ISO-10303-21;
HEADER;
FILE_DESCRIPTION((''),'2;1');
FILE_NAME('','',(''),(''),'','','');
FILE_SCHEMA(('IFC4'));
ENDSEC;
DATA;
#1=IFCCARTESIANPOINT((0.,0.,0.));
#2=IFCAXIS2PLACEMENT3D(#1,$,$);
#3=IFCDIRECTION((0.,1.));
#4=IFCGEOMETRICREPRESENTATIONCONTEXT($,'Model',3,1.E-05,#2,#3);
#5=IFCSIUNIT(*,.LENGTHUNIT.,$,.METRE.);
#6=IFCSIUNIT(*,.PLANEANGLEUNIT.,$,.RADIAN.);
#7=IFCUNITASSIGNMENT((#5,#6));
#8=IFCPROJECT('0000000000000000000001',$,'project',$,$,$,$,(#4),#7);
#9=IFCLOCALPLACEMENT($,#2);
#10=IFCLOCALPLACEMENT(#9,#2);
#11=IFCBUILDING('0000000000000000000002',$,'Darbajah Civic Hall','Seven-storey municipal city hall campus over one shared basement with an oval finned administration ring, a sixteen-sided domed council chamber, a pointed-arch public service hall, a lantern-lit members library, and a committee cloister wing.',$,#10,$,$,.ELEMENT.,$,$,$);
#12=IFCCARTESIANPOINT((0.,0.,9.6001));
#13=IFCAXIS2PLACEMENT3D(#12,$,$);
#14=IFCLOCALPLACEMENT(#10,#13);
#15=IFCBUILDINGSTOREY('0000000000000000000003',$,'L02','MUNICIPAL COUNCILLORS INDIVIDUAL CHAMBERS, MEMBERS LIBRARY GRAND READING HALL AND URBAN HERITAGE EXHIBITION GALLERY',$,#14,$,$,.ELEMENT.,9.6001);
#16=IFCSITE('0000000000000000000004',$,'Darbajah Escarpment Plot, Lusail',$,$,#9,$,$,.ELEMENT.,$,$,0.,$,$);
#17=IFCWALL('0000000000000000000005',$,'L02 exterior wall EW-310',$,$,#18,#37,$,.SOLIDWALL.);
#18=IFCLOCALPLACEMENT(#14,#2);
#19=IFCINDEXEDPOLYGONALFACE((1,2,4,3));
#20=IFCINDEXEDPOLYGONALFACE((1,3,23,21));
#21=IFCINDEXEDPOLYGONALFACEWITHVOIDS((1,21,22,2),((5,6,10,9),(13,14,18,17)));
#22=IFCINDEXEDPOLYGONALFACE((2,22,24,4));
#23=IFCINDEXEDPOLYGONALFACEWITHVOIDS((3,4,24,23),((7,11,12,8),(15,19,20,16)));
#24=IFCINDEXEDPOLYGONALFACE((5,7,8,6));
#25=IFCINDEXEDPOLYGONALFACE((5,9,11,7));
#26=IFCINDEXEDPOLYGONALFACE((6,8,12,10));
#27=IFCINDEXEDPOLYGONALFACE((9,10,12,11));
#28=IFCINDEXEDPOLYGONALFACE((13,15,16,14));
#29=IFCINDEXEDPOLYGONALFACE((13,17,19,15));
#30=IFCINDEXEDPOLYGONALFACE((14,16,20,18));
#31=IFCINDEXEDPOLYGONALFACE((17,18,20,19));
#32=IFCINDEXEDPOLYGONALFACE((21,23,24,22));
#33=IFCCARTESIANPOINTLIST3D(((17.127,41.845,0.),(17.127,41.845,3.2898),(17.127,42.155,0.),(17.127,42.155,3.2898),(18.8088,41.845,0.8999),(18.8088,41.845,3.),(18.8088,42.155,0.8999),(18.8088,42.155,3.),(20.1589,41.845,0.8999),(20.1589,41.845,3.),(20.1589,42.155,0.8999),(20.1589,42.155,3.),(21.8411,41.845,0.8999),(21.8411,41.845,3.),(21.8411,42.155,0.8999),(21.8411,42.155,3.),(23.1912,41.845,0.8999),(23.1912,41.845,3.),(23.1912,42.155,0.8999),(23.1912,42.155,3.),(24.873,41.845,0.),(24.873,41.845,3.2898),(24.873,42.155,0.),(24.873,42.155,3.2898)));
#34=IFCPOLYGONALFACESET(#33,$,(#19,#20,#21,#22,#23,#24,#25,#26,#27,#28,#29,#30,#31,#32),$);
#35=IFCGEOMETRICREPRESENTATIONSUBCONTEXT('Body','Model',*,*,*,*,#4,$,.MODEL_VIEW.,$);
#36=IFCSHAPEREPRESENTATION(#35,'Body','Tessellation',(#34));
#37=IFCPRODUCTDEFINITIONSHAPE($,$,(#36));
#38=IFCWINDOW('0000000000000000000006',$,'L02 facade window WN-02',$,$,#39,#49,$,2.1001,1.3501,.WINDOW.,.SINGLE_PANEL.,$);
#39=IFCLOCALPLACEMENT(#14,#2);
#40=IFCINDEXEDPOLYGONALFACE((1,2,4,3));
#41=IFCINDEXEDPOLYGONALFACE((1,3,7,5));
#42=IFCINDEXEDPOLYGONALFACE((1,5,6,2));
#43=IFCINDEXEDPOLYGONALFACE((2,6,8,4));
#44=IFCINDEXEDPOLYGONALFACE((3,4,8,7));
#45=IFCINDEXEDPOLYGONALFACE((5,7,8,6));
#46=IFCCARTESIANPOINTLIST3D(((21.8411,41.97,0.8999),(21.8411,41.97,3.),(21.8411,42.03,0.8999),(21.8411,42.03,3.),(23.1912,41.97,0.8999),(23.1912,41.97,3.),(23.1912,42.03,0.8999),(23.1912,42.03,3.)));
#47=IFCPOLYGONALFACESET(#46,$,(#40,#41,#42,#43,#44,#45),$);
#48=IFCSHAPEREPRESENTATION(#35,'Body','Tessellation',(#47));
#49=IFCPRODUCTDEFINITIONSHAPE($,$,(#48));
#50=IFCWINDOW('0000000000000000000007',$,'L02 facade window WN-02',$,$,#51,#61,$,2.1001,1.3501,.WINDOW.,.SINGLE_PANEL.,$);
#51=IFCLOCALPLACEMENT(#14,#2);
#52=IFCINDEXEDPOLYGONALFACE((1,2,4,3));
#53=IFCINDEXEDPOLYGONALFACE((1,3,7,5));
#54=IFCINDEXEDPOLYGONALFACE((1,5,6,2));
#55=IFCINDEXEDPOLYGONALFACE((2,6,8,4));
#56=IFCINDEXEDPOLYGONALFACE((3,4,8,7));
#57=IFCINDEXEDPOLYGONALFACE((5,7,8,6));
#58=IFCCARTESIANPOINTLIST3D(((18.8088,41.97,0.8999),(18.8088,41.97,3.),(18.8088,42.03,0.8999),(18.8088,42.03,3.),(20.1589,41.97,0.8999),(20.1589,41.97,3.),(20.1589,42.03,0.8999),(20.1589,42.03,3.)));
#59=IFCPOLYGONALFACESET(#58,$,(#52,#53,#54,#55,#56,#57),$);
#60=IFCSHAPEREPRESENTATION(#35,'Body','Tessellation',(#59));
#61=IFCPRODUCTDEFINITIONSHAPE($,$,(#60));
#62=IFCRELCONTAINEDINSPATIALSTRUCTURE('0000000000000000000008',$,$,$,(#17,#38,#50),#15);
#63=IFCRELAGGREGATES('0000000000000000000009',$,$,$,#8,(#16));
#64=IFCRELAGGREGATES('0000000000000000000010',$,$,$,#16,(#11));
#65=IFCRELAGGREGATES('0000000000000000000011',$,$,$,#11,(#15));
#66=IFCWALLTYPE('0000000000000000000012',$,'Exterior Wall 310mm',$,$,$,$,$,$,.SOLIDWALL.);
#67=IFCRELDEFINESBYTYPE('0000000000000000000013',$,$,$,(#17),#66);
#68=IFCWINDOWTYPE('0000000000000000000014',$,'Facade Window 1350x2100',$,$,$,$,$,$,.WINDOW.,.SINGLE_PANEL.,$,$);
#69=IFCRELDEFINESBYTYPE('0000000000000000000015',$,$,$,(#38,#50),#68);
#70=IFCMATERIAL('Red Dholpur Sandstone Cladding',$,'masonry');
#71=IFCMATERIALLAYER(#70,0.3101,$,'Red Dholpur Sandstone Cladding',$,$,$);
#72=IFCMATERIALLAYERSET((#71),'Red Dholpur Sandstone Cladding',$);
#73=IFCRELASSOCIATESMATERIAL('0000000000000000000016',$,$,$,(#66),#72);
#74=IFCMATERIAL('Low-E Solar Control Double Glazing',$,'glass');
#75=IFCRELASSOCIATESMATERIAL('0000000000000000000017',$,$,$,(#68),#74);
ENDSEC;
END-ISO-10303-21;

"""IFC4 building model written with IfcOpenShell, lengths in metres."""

from ifc_helpers import new_model, si_unit, direction, frame, frame_2d, origin, place, context, subcontext, project, spatial, rectangle, extrude, material, layer, layer_set, type_object, element, fill, save


model = new_model("IFC4")

# Units and contexts
model_context = context("Model", 3, precision=1e-05, world=origin(), true_north=direction((0.0, 1.0)))
body_context = subcontext(model_context, "Body", "Model", "MODEL_VIEW")
ifc_project = project(units=[si_unit("LENGTHUNIT", "METRE"), si_unit("PLANEANGLEUNIT", "RADIAN")], contexts=[model_context])

# Site, building, storey
site_placement = place(None, origin())
site = spatial("IfcSite", under=ifc_project, at=site_placement, Name="Darbajah Escarpment Plot, Lusail", CompositionType="ELEMENT", RefElevation=0.0)
building_placement = place(site_placement, origin())
building = spatial("IfcBuilding", under=site, at=building_placement, Name="Darbajah Civic Hall", Description="Seven-storey municipal city hall campus over one shared basement with an oval finned administration ring, a sixteen-sided domed council chamber, a pointed-arch public service hall, a lantern-lit members library, and a committee cloister wing.", CompositionType="ELEMENT")
storey_placement = place(building_placement, frame((0.0, 0.0, 9.6001)))
storey = spatial("IfcBuildingStorey", under=building, at=storey_placement, Name="L02", Description="MUNICIPAL COUNCILLORS INDIVIDUAL CHAMBERS, MEMBERS LIBRARY GRAND READING HALL AND URBAN HERITAGE EXHIBITION GALLERY", CompositionType="ELEMENT", Elevation=9.6001)

# Wall, openings, windows
ifc_material_1 = material(Name="Red Dholpur Sandstone Cladding", Category="masonry")
ifc_layer = layer(ifc_material_1, 0.3101, Name="Red Dholpur Sandstone Cladding")
ifc_layer_set = layer_set([ifc_layer], Name="Red Dholpur Sandstone Cladding")
wall_type = type_object("IfcWallType", Name="Exterior Wall 310mm", PredefinedType="SOLIDWALL", material=ifc_layer_set)
ifc_material_2 = material(Name="Low-E Solar Control Double Glazing", Category="glass")
wall_1_placement = place(storey_placement, frame((24.873, 42.0, 0.0), z_axis=(0.0, 0.0, 1.0), x_axis=(-1.0, 0.0, 0.0)))
wall_1 = element("IfcWall", 1, at=wall_1_placement, inside=storey, type_object=wall_type, Name="L02 exterior wall EW-310", PredefinedType="SOLIDWALL", context=body_context, shape_type="SweptSolid", body=[
    extrude(rectangle(XDim=7.7461, YDim=0.3101, at=frame_2d((3.873, 0.0))), origin(), (0.0, 0.0, 1.0), 3.2898),
])
opening_1_placement = place(wall_1_placement, frame((1.6819, 0.0, 0.8999)))
opening_1 = element("IfcOpeningElement", 2, at=opening_1_placement, cuts=wall_1, PredefinedType="OPENING", context=body_context, shape_type="SweptSolid", body=[
    extrude(rectangle(XDim=1.3501, YDim=2.1001, at=frame_2d((0.675, 1.05))), frame((0.0, 0.165, 0.0), z_axis=(0.0, -1.0, 0.0), x_axis=(1.0, 0.0, 0.0)), (0.0, 0.0, 1.0), 0.3301),
])
opening_2_placement = place(wall_1_placement, frame((4.7141, 0.0, 0.8999)))
opening_2 = element("IfcOpeningElement", 3, at=opening_2_placement, cuts=wall_1, PredefinedType="OPENING", context=body_context, shape_type="SweptSolid", body=[
    extrude(rectangle(XDim=1.3501, YDim=2.1001, at=frame_2d((0.675, 1.05))), frame((0.0, 0.165, 0.0), z_axis=(0.0, -1.0, 0.0), x_axis=(1.0, 0.0, 0.0)), (0.0, 0.0, 1.0), 0.3301),
])
window_type_1 = type_object("IfcWindowType", Name="Facade Window 1350x2100", PartitioningType="SINGLE_PANEL", PredefinedType="WINDOW", material=ifc_material_2)
window_1_placement = place(opening_1_placement, origin())
window_1 = element("IfcWindow", 4, at=window_1_placement, inside=storey, type_object=window_type_1, Name="L02 facade window WN-02", OverallHeight=2.1001, OverallWidth=1.3501, PartitioningType="SINGLE_PANEL", PredefinedType="WINDOW", context=body_context, shape_type="SweptSolid", body=[
    extrude(rectangle(XDim=1.3501, YDim=2.1001, at=frame_2d((0.675, 1.05))), frame((0.0, 0.03, 0.0), z_axis=(0.0, -1.0, 0.0), x_axis=(1.0, 0.0, 0.0)), (0.0, 0.0, 1.0), 0.0601),
])
fill(opening_1, window_1)
window_2_placement = place(opening_2_placement, origin())
window_2 = element("IfcWindow", 5, at=window_2_placement, inside=storey, type_object=window_type_1, Name="L02 facade window WN-02", OverallHeight=2.1001, OverallWidth=1.3501, PartitioningType="SINGLE_PANEL", PredefinedType="WINDOW", context=body_context, shape_type="SweptSolid", body=[
    extrude(rectangle(XDim=1.3501, YDim=2.1001, at=frame_2d((0.675, 1.05))), frame((0.0, 0.03, 0.0), z_axis=(0.0, -1.0, 0.0), x_axis=(1.0, 0.0, 0.0)), (0.0, 0.0, 1.0), 0.0601),
])
fill(opening_2, window_2)

save(model, "model.ifc")
